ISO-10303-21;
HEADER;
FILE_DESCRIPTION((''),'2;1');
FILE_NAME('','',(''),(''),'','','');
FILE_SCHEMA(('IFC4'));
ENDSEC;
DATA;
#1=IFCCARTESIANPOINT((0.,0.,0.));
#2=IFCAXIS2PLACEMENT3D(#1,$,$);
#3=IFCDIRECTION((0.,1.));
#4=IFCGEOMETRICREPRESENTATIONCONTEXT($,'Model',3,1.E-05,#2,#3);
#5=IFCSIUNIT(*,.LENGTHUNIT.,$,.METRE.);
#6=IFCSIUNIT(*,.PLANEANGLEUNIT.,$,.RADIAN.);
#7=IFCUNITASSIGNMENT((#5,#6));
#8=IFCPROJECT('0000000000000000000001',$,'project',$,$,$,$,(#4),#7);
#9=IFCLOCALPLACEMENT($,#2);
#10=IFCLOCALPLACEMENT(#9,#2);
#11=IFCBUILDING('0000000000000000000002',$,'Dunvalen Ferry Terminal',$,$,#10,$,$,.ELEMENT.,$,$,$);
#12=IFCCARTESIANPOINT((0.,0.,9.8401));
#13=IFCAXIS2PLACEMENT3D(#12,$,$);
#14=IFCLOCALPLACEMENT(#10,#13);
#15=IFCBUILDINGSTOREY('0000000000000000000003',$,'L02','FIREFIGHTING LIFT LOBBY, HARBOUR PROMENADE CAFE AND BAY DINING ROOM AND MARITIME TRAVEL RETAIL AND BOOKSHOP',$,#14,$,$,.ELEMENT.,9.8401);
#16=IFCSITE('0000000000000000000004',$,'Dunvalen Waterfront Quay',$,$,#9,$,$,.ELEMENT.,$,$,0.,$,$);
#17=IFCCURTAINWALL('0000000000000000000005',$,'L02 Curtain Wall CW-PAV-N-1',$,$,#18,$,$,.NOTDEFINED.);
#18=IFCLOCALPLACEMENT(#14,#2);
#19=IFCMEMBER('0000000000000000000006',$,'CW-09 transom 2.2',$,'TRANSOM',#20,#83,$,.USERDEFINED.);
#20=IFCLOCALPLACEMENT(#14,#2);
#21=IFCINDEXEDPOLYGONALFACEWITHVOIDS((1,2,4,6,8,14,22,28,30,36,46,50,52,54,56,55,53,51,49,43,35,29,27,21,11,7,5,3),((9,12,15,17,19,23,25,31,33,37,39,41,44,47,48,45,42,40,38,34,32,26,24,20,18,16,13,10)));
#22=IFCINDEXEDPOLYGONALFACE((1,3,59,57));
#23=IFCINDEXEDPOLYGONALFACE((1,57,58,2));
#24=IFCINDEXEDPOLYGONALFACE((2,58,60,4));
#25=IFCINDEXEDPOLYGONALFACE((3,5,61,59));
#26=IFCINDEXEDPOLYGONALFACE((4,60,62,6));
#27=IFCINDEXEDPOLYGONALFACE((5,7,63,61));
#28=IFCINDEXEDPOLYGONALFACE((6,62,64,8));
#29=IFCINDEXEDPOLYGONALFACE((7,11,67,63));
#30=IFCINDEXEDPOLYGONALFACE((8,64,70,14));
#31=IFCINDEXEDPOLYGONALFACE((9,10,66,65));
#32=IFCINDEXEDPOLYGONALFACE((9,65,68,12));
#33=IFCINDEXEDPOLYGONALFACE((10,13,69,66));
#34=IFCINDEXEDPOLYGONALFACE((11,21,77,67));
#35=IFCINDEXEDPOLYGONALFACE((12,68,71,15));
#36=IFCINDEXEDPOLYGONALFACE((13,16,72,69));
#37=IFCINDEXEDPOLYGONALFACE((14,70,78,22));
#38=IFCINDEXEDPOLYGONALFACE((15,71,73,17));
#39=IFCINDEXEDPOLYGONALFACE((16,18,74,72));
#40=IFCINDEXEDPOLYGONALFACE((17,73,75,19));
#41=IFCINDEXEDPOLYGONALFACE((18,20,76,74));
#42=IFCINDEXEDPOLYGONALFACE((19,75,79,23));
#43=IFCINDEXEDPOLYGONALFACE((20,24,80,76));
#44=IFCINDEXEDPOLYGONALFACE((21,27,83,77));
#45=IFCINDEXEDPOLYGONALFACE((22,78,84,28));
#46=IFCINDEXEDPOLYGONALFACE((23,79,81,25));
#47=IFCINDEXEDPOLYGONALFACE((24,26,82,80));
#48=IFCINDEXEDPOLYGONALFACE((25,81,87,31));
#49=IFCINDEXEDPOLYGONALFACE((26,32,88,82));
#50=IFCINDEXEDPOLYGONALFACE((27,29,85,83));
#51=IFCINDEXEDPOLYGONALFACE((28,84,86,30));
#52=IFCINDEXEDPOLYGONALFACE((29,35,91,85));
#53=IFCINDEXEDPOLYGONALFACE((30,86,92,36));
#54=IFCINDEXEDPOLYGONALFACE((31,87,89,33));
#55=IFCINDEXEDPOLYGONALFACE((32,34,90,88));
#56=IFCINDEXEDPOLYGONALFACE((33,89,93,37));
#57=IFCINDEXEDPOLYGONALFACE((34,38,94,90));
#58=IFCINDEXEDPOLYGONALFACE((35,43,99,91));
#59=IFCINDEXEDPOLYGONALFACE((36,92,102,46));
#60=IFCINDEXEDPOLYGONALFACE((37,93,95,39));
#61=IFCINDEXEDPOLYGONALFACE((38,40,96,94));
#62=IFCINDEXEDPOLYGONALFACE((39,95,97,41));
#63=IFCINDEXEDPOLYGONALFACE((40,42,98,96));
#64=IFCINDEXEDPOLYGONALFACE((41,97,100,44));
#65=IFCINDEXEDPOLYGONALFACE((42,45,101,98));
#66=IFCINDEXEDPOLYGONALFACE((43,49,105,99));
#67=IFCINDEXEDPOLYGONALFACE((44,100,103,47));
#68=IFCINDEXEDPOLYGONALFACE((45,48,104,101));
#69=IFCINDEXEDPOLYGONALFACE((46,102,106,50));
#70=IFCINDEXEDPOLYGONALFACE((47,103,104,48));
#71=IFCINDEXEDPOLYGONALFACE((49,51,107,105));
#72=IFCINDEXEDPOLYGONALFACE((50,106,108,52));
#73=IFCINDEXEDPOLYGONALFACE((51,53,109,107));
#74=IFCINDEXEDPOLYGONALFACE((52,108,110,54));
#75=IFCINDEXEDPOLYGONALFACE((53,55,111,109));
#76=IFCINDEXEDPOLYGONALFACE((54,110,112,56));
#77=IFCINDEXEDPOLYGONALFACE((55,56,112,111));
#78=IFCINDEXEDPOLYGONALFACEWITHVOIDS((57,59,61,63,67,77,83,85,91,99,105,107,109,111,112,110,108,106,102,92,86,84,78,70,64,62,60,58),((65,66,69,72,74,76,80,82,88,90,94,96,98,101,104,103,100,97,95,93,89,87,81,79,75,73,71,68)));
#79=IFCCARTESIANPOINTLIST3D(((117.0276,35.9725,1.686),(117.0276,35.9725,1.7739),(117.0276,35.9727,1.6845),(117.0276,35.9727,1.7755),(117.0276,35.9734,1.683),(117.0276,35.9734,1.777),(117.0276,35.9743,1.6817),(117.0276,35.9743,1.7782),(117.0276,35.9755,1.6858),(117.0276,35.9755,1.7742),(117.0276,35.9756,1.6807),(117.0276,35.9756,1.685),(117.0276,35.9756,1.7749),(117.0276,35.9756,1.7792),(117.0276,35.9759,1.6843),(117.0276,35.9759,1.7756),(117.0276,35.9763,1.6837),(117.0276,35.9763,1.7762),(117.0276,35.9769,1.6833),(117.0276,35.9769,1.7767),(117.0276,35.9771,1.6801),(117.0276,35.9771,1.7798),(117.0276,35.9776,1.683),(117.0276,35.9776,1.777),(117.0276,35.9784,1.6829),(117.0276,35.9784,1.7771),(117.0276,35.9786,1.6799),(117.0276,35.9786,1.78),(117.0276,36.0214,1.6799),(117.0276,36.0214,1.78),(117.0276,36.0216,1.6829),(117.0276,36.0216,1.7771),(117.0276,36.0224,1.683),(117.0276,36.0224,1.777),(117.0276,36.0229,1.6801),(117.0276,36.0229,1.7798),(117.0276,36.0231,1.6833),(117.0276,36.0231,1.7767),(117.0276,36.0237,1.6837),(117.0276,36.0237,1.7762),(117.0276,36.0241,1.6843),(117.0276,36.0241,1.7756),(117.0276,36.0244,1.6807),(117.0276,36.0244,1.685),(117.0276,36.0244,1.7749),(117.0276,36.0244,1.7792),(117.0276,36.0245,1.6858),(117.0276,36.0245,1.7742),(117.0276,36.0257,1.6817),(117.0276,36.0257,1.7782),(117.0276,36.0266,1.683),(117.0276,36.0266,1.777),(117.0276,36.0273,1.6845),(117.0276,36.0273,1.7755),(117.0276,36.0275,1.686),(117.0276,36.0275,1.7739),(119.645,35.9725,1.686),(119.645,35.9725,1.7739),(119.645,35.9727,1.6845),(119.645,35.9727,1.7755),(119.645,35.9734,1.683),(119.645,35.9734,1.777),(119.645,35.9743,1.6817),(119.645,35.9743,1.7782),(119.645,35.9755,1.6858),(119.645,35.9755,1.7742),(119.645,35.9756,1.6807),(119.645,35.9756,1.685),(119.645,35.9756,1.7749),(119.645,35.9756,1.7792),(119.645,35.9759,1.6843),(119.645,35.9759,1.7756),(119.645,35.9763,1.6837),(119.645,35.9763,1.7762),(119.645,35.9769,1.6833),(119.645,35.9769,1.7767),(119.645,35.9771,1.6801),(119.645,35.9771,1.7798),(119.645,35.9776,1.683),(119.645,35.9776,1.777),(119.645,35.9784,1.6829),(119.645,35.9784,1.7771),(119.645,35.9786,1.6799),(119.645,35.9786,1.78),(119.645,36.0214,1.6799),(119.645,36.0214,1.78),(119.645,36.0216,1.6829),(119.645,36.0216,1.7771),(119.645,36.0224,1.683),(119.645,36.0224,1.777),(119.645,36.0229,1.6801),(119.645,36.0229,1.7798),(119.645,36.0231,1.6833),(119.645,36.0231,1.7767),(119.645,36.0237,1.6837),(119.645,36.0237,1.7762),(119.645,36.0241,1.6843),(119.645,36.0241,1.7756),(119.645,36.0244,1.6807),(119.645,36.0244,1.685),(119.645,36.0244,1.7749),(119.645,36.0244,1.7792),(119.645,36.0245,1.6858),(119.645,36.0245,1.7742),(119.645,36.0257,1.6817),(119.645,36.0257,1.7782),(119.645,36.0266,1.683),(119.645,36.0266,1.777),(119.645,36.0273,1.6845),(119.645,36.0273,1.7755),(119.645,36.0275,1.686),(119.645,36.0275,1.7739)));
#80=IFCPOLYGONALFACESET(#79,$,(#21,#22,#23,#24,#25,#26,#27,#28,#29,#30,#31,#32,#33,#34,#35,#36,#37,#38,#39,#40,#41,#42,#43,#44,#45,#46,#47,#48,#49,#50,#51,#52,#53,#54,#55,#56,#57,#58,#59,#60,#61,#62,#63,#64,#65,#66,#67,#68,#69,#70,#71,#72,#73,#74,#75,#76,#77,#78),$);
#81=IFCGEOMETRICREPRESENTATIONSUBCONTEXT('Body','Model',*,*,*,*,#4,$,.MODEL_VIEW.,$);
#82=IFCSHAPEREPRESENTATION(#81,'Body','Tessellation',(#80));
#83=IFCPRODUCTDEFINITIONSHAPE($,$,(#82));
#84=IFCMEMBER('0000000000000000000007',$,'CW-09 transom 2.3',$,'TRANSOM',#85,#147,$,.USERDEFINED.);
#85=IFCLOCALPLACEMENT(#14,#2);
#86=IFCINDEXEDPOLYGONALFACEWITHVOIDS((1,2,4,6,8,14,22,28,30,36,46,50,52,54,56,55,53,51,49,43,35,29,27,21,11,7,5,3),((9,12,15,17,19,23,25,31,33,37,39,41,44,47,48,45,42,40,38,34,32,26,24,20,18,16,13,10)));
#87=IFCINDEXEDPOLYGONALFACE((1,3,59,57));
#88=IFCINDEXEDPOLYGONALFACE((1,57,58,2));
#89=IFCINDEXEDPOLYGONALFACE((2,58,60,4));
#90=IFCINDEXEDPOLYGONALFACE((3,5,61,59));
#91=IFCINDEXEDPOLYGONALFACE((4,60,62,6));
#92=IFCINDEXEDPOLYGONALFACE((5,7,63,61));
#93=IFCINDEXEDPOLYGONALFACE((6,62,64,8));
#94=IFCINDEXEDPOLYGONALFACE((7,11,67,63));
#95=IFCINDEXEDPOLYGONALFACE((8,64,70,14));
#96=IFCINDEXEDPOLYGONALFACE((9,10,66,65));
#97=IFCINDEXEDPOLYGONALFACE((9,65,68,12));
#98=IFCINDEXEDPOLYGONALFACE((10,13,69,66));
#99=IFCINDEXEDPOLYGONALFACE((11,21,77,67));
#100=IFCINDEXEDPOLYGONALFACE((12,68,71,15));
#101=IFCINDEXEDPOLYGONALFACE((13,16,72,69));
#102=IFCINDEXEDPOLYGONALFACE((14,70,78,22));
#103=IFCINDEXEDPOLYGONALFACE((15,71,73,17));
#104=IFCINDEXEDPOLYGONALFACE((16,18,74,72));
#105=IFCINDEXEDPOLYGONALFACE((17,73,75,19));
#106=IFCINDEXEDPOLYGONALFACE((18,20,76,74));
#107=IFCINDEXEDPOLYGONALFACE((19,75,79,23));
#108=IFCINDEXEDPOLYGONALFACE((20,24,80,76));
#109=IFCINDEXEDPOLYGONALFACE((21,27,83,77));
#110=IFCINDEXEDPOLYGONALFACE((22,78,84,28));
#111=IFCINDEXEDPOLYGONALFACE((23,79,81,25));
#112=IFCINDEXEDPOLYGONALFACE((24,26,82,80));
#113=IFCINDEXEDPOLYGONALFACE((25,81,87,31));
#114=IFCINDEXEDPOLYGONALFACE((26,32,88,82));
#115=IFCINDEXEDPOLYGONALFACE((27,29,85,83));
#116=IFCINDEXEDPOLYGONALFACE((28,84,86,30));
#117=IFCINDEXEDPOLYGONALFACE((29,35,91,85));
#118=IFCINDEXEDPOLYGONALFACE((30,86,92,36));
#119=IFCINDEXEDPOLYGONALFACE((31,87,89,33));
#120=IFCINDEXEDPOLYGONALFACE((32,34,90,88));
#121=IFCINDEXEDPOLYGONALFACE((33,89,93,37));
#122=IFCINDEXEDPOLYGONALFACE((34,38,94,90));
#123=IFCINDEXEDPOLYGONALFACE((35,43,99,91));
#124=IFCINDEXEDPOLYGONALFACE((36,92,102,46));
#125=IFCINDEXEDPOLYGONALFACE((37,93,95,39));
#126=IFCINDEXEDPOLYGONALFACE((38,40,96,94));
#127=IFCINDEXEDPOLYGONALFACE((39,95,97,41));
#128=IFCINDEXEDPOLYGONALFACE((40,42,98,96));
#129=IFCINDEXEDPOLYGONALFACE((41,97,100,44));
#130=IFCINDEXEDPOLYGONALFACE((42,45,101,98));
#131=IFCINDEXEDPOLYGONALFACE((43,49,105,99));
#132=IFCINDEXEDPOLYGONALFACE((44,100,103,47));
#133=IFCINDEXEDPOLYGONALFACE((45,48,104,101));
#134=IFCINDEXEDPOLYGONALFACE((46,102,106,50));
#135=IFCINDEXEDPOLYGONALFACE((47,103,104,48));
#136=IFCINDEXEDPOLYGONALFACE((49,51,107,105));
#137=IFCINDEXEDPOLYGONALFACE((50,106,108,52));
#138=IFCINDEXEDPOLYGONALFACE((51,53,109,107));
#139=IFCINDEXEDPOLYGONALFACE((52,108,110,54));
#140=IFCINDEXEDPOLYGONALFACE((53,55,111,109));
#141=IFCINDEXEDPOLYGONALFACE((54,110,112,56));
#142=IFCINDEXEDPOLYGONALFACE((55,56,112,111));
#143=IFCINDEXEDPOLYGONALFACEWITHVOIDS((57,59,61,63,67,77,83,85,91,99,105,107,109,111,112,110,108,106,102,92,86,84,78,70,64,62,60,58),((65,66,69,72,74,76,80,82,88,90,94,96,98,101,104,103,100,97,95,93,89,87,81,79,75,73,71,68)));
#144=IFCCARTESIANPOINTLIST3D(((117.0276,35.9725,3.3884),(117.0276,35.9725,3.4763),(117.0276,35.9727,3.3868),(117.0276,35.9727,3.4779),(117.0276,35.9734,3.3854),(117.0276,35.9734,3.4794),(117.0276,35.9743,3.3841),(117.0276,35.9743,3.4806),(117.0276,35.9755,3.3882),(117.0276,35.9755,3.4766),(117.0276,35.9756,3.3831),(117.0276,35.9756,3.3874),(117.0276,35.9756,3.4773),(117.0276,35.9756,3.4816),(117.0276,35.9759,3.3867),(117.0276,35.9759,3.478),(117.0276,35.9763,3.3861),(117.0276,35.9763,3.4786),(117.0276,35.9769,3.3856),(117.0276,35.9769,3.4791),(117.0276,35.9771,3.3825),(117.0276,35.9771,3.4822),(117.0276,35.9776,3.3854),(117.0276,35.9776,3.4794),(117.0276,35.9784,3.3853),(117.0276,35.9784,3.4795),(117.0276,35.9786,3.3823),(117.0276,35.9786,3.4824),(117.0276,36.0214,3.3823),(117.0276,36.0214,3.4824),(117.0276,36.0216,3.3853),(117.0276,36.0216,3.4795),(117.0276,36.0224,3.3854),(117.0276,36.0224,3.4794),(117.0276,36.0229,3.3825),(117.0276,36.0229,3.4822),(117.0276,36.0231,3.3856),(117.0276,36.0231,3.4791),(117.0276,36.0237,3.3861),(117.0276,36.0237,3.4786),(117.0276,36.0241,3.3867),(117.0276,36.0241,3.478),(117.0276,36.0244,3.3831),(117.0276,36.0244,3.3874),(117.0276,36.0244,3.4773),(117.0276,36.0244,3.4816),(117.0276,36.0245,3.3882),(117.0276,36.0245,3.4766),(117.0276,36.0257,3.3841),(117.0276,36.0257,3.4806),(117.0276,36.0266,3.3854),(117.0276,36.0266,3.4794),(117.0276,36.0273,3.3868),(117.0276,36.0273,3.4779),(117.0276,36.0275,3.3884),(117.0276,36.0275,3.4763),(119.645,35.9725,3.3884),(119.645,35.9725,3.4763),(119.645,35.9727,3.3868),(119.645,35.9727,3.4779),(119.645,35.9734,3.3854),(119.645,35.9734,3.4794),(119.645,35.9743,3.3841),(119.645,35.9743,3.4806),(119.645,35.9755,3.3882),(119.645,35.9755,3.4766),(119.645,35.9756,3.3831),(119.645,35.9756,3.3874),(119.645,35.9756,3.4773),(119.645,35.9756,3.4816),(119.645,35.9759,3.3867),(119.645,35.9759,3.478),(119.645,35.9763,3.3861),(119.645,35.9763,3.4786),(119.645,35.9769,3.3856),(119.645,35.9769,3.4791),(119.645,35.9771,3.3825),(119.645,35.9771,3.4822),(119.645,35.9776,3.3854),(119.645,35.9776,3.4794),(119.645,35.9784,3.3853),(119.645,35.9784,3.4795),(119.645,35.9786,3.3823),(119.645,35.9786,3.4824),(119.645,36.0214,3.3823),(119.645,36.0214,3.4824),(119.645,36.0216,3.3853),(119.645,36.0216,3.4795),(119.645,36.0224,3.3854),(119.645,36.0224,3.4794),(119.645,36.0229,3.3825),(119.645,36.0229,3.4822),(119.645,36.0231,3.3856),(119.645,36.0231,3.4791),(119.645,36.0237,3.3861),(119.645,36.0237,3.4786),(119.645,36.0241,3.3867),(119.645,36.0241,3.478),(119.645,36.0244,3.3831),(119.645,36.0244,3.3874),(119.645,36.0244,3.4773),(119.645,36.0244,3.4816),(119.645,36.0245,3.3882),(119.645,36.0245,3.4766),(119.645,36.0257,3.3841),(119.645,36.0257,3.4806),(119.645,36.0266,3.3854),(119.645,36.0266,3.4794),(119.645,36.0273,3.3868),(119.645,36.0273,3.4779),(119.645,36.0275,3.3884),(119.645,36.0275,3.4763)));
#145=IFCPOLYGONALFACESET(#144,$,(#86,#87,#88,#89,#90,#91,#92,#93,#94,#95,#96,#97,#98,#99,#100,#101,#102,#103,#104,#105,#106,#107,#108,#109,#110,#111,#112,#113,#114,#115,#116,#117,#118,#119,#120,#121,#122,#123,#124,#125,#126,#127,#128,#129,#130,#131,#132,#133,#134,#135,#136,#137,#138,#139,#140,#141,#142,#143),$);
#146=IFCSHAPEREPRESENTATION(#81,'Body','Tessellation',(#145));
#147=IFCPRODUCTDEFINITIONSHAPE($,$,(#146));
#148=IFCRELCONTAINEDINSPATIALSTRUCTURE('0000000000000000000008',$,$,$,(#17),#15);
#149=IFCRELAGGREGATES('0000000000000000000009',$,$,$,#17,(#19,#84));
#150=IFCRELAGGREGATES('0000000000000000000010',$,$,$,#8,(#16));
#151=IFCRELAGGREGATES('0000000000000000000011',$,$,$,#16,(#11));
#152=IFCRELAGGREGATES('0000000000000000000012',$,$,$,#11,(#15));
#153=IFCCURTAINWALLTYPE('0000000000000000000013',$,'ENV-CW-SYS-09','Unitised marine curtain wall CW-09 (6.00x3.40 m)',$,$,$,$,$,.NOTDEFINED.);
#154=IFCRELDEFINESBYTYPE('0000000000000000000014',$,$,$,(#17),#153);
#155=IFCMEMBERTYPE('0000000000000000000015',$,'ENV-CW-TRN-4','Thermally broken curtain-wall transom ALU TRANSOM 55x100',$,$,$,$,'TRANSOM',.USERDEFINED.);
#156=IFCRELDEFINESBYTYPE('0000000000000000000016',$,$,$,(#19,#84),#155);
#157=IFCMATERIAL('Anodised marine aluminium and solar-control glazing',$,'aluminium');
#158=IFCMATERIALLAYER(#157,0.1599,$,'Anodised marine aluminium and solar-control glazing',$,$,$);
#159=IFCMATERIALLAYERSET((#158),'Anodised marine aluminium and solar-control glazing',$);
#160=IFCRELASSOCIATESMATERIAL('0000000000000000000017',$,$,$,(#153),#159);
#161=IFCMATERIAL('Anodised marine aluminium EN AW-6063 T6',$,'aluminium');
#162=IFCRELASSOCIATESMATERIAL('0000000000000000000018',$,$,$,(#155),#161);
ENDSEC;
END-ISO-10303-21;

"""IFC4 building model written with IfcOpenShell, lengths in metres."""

from ifc_helpers import new_model, si_unit, direction, frame, origin, origin_2d, place, context, subcontext, project, spatial, hollow_rectangle, extrude, material, layer, layer_set, material_profile, profile_set, type_object, element, aggregate, save


model = new_model("IFC4")

# Units and contexts
model_context = context("Model", 3, precision=1e-05, world=origin(), true_north=direction((0.0, 1.0)))
body_context = subcontext(model_context, "Body", "Model", "MODEL_VIEW")
ifc_project = project(units=[si_unit("LENGTHUNIT", "METRE"), si_unit("PLANEANGLEUNIT", "RADIAN")], contexts=[model_context])

# Site, building, storey
site_placement = place(None, origin())
site = spatial("IfcSite", under=ifc_project, at=site_placement, Name="Dunvalen Waterfront Quay", CompositionType="ELEMENT", RefElevation=0.0)
building_placement = place(site_placement, origin())
building = spatial("IfcBuilding", under=site, at=building_placement, Name="Dunvalen Ferry Terminal", CompositionType="ELEMENT")
storey_placement = place(building_placement, frame((0.0, 0.0, 9.8401)))
storey = spatial("IfcBuildingStorey", under=building, at=storey_placement, Name="L02", Description="FIREFIGHTING LIFT LOBBY, HARBOUR PROMENADE CAFE AND BAY DINING ROOM AND MARITIME TRAVEL RETAIL AND BOOKSHOP", CompositionType="ELEMENT", Elevation=9.8401)

# Curtain wall
ifc_material_1 = material(Name="Anodised marine aluminium and solar-control glazing", Category="aluminium")
ifc_layer_1 = layer(ifc_material_1, 0.1599, Name="Anodised marine aluminium and solar-control glazing")
ifc_layer_set_1 = layer_set([ifc_layer_1], Name="Anodised marine aluminium and solar-control glazing")
curtain_wall_type_1 = type_object("IfcCurtainWallType", Name="ENV-CW-SYS-09", Description="Unitised marine curtain wall CW-09 (6.00x3.40 m)", PredefinedType="NOTDEFINED", material=ifc_layer_set_1)
curtain_wall_1_placement = place(storey_placement, origin())
curtain_wall_1 = element("IfcCurtainWall", 1, at=curtain_wall_1_placement, inside=storey, type_object=curtain_wall_type_1, Name="L02 Curtain Wall CW-PAV-N-1", PredefinedType="NOTDEFINED")
ifc_material_2 = material(Name="Anodised marine aluminium EN AW-6063 T6", Category="aluminium")

# Members
ifc_material_profile_1 = material_profile(ifc_material_2, hollow_rectangle(XDim=0.0549, YDim=0.1001, WallThickness=0.0029, InnerFilletRadius=0.0029, OuterFilletRadius=0.0061, at=origin_2d()), Name="Anodised marine aluminium EN AW-6063 T6")
ifc_profile_set_1 = profile_set([ifc_material_profile_1], Name="Anodised marine aluminium EN AW-6063 T6")
member_type_1 = type_object("IfcMemberType", Name="ENV-CW-TRN-4", Description="Thermally broken curtain-wall transom ALU TRANSOM 55x100", ElementType="TRANSOM", PredefinedType="USERDEFINED", material=ifc_profile_set_1)
member_1_placement = place(storey_placement, frame((117.0276, 36.0, 1.73), z_axis=(1.0, 0.0, 0.0), x_axis=(0.0, 1.0, 0.0)))
member_1 = element("IfcMember", 2, at=member_1_placement, type_object=member_type_1, Name="CW-09 transom 2.2", ObjectType="TRANSOM", PredefinedType="USERDEFINED", context=body_context, shape_type="SweptSolid", body=[
    extrude(hollow_rectangle(XDim=0.0549, YDim=0.1001, WallThickness=0.0029, InnerFilletRadius=0.0029, OuterFilletRadius=0.0061, at=origin_2d()), origin(), (0.0, 0.0, 1.0), 2.6174),
])
member_2_placement = place(storey_placement, frame((117.0276, 36.0, 3.4324), z_axis=(1.0, 0.0, 0.0), x_axis=(0.0, 1.0, 0.0)))
member_2 = element("IfcMember", 3, at=member_2_placement, type_object=member_type_1, Name="CW-09 transom 2.3", ObjectType="TRANSOM", PredefinedType="USERDEFINED", context=body_context, shape_type="SweptSolid", body=[
    extrude(hollow_rectangle(XDim=0.0549, YDim=0.1001, WallThickness=0.0029, InnerFilletRadius=0.0029, OuterFilletRadius=0.0061, at=origin_2d()), origin(), (0.0, 0.0, 1.0), 2.6174),
])

aggregate(curtain_wall_1, [member_1, member_2])

save(model, "model.ifc")
